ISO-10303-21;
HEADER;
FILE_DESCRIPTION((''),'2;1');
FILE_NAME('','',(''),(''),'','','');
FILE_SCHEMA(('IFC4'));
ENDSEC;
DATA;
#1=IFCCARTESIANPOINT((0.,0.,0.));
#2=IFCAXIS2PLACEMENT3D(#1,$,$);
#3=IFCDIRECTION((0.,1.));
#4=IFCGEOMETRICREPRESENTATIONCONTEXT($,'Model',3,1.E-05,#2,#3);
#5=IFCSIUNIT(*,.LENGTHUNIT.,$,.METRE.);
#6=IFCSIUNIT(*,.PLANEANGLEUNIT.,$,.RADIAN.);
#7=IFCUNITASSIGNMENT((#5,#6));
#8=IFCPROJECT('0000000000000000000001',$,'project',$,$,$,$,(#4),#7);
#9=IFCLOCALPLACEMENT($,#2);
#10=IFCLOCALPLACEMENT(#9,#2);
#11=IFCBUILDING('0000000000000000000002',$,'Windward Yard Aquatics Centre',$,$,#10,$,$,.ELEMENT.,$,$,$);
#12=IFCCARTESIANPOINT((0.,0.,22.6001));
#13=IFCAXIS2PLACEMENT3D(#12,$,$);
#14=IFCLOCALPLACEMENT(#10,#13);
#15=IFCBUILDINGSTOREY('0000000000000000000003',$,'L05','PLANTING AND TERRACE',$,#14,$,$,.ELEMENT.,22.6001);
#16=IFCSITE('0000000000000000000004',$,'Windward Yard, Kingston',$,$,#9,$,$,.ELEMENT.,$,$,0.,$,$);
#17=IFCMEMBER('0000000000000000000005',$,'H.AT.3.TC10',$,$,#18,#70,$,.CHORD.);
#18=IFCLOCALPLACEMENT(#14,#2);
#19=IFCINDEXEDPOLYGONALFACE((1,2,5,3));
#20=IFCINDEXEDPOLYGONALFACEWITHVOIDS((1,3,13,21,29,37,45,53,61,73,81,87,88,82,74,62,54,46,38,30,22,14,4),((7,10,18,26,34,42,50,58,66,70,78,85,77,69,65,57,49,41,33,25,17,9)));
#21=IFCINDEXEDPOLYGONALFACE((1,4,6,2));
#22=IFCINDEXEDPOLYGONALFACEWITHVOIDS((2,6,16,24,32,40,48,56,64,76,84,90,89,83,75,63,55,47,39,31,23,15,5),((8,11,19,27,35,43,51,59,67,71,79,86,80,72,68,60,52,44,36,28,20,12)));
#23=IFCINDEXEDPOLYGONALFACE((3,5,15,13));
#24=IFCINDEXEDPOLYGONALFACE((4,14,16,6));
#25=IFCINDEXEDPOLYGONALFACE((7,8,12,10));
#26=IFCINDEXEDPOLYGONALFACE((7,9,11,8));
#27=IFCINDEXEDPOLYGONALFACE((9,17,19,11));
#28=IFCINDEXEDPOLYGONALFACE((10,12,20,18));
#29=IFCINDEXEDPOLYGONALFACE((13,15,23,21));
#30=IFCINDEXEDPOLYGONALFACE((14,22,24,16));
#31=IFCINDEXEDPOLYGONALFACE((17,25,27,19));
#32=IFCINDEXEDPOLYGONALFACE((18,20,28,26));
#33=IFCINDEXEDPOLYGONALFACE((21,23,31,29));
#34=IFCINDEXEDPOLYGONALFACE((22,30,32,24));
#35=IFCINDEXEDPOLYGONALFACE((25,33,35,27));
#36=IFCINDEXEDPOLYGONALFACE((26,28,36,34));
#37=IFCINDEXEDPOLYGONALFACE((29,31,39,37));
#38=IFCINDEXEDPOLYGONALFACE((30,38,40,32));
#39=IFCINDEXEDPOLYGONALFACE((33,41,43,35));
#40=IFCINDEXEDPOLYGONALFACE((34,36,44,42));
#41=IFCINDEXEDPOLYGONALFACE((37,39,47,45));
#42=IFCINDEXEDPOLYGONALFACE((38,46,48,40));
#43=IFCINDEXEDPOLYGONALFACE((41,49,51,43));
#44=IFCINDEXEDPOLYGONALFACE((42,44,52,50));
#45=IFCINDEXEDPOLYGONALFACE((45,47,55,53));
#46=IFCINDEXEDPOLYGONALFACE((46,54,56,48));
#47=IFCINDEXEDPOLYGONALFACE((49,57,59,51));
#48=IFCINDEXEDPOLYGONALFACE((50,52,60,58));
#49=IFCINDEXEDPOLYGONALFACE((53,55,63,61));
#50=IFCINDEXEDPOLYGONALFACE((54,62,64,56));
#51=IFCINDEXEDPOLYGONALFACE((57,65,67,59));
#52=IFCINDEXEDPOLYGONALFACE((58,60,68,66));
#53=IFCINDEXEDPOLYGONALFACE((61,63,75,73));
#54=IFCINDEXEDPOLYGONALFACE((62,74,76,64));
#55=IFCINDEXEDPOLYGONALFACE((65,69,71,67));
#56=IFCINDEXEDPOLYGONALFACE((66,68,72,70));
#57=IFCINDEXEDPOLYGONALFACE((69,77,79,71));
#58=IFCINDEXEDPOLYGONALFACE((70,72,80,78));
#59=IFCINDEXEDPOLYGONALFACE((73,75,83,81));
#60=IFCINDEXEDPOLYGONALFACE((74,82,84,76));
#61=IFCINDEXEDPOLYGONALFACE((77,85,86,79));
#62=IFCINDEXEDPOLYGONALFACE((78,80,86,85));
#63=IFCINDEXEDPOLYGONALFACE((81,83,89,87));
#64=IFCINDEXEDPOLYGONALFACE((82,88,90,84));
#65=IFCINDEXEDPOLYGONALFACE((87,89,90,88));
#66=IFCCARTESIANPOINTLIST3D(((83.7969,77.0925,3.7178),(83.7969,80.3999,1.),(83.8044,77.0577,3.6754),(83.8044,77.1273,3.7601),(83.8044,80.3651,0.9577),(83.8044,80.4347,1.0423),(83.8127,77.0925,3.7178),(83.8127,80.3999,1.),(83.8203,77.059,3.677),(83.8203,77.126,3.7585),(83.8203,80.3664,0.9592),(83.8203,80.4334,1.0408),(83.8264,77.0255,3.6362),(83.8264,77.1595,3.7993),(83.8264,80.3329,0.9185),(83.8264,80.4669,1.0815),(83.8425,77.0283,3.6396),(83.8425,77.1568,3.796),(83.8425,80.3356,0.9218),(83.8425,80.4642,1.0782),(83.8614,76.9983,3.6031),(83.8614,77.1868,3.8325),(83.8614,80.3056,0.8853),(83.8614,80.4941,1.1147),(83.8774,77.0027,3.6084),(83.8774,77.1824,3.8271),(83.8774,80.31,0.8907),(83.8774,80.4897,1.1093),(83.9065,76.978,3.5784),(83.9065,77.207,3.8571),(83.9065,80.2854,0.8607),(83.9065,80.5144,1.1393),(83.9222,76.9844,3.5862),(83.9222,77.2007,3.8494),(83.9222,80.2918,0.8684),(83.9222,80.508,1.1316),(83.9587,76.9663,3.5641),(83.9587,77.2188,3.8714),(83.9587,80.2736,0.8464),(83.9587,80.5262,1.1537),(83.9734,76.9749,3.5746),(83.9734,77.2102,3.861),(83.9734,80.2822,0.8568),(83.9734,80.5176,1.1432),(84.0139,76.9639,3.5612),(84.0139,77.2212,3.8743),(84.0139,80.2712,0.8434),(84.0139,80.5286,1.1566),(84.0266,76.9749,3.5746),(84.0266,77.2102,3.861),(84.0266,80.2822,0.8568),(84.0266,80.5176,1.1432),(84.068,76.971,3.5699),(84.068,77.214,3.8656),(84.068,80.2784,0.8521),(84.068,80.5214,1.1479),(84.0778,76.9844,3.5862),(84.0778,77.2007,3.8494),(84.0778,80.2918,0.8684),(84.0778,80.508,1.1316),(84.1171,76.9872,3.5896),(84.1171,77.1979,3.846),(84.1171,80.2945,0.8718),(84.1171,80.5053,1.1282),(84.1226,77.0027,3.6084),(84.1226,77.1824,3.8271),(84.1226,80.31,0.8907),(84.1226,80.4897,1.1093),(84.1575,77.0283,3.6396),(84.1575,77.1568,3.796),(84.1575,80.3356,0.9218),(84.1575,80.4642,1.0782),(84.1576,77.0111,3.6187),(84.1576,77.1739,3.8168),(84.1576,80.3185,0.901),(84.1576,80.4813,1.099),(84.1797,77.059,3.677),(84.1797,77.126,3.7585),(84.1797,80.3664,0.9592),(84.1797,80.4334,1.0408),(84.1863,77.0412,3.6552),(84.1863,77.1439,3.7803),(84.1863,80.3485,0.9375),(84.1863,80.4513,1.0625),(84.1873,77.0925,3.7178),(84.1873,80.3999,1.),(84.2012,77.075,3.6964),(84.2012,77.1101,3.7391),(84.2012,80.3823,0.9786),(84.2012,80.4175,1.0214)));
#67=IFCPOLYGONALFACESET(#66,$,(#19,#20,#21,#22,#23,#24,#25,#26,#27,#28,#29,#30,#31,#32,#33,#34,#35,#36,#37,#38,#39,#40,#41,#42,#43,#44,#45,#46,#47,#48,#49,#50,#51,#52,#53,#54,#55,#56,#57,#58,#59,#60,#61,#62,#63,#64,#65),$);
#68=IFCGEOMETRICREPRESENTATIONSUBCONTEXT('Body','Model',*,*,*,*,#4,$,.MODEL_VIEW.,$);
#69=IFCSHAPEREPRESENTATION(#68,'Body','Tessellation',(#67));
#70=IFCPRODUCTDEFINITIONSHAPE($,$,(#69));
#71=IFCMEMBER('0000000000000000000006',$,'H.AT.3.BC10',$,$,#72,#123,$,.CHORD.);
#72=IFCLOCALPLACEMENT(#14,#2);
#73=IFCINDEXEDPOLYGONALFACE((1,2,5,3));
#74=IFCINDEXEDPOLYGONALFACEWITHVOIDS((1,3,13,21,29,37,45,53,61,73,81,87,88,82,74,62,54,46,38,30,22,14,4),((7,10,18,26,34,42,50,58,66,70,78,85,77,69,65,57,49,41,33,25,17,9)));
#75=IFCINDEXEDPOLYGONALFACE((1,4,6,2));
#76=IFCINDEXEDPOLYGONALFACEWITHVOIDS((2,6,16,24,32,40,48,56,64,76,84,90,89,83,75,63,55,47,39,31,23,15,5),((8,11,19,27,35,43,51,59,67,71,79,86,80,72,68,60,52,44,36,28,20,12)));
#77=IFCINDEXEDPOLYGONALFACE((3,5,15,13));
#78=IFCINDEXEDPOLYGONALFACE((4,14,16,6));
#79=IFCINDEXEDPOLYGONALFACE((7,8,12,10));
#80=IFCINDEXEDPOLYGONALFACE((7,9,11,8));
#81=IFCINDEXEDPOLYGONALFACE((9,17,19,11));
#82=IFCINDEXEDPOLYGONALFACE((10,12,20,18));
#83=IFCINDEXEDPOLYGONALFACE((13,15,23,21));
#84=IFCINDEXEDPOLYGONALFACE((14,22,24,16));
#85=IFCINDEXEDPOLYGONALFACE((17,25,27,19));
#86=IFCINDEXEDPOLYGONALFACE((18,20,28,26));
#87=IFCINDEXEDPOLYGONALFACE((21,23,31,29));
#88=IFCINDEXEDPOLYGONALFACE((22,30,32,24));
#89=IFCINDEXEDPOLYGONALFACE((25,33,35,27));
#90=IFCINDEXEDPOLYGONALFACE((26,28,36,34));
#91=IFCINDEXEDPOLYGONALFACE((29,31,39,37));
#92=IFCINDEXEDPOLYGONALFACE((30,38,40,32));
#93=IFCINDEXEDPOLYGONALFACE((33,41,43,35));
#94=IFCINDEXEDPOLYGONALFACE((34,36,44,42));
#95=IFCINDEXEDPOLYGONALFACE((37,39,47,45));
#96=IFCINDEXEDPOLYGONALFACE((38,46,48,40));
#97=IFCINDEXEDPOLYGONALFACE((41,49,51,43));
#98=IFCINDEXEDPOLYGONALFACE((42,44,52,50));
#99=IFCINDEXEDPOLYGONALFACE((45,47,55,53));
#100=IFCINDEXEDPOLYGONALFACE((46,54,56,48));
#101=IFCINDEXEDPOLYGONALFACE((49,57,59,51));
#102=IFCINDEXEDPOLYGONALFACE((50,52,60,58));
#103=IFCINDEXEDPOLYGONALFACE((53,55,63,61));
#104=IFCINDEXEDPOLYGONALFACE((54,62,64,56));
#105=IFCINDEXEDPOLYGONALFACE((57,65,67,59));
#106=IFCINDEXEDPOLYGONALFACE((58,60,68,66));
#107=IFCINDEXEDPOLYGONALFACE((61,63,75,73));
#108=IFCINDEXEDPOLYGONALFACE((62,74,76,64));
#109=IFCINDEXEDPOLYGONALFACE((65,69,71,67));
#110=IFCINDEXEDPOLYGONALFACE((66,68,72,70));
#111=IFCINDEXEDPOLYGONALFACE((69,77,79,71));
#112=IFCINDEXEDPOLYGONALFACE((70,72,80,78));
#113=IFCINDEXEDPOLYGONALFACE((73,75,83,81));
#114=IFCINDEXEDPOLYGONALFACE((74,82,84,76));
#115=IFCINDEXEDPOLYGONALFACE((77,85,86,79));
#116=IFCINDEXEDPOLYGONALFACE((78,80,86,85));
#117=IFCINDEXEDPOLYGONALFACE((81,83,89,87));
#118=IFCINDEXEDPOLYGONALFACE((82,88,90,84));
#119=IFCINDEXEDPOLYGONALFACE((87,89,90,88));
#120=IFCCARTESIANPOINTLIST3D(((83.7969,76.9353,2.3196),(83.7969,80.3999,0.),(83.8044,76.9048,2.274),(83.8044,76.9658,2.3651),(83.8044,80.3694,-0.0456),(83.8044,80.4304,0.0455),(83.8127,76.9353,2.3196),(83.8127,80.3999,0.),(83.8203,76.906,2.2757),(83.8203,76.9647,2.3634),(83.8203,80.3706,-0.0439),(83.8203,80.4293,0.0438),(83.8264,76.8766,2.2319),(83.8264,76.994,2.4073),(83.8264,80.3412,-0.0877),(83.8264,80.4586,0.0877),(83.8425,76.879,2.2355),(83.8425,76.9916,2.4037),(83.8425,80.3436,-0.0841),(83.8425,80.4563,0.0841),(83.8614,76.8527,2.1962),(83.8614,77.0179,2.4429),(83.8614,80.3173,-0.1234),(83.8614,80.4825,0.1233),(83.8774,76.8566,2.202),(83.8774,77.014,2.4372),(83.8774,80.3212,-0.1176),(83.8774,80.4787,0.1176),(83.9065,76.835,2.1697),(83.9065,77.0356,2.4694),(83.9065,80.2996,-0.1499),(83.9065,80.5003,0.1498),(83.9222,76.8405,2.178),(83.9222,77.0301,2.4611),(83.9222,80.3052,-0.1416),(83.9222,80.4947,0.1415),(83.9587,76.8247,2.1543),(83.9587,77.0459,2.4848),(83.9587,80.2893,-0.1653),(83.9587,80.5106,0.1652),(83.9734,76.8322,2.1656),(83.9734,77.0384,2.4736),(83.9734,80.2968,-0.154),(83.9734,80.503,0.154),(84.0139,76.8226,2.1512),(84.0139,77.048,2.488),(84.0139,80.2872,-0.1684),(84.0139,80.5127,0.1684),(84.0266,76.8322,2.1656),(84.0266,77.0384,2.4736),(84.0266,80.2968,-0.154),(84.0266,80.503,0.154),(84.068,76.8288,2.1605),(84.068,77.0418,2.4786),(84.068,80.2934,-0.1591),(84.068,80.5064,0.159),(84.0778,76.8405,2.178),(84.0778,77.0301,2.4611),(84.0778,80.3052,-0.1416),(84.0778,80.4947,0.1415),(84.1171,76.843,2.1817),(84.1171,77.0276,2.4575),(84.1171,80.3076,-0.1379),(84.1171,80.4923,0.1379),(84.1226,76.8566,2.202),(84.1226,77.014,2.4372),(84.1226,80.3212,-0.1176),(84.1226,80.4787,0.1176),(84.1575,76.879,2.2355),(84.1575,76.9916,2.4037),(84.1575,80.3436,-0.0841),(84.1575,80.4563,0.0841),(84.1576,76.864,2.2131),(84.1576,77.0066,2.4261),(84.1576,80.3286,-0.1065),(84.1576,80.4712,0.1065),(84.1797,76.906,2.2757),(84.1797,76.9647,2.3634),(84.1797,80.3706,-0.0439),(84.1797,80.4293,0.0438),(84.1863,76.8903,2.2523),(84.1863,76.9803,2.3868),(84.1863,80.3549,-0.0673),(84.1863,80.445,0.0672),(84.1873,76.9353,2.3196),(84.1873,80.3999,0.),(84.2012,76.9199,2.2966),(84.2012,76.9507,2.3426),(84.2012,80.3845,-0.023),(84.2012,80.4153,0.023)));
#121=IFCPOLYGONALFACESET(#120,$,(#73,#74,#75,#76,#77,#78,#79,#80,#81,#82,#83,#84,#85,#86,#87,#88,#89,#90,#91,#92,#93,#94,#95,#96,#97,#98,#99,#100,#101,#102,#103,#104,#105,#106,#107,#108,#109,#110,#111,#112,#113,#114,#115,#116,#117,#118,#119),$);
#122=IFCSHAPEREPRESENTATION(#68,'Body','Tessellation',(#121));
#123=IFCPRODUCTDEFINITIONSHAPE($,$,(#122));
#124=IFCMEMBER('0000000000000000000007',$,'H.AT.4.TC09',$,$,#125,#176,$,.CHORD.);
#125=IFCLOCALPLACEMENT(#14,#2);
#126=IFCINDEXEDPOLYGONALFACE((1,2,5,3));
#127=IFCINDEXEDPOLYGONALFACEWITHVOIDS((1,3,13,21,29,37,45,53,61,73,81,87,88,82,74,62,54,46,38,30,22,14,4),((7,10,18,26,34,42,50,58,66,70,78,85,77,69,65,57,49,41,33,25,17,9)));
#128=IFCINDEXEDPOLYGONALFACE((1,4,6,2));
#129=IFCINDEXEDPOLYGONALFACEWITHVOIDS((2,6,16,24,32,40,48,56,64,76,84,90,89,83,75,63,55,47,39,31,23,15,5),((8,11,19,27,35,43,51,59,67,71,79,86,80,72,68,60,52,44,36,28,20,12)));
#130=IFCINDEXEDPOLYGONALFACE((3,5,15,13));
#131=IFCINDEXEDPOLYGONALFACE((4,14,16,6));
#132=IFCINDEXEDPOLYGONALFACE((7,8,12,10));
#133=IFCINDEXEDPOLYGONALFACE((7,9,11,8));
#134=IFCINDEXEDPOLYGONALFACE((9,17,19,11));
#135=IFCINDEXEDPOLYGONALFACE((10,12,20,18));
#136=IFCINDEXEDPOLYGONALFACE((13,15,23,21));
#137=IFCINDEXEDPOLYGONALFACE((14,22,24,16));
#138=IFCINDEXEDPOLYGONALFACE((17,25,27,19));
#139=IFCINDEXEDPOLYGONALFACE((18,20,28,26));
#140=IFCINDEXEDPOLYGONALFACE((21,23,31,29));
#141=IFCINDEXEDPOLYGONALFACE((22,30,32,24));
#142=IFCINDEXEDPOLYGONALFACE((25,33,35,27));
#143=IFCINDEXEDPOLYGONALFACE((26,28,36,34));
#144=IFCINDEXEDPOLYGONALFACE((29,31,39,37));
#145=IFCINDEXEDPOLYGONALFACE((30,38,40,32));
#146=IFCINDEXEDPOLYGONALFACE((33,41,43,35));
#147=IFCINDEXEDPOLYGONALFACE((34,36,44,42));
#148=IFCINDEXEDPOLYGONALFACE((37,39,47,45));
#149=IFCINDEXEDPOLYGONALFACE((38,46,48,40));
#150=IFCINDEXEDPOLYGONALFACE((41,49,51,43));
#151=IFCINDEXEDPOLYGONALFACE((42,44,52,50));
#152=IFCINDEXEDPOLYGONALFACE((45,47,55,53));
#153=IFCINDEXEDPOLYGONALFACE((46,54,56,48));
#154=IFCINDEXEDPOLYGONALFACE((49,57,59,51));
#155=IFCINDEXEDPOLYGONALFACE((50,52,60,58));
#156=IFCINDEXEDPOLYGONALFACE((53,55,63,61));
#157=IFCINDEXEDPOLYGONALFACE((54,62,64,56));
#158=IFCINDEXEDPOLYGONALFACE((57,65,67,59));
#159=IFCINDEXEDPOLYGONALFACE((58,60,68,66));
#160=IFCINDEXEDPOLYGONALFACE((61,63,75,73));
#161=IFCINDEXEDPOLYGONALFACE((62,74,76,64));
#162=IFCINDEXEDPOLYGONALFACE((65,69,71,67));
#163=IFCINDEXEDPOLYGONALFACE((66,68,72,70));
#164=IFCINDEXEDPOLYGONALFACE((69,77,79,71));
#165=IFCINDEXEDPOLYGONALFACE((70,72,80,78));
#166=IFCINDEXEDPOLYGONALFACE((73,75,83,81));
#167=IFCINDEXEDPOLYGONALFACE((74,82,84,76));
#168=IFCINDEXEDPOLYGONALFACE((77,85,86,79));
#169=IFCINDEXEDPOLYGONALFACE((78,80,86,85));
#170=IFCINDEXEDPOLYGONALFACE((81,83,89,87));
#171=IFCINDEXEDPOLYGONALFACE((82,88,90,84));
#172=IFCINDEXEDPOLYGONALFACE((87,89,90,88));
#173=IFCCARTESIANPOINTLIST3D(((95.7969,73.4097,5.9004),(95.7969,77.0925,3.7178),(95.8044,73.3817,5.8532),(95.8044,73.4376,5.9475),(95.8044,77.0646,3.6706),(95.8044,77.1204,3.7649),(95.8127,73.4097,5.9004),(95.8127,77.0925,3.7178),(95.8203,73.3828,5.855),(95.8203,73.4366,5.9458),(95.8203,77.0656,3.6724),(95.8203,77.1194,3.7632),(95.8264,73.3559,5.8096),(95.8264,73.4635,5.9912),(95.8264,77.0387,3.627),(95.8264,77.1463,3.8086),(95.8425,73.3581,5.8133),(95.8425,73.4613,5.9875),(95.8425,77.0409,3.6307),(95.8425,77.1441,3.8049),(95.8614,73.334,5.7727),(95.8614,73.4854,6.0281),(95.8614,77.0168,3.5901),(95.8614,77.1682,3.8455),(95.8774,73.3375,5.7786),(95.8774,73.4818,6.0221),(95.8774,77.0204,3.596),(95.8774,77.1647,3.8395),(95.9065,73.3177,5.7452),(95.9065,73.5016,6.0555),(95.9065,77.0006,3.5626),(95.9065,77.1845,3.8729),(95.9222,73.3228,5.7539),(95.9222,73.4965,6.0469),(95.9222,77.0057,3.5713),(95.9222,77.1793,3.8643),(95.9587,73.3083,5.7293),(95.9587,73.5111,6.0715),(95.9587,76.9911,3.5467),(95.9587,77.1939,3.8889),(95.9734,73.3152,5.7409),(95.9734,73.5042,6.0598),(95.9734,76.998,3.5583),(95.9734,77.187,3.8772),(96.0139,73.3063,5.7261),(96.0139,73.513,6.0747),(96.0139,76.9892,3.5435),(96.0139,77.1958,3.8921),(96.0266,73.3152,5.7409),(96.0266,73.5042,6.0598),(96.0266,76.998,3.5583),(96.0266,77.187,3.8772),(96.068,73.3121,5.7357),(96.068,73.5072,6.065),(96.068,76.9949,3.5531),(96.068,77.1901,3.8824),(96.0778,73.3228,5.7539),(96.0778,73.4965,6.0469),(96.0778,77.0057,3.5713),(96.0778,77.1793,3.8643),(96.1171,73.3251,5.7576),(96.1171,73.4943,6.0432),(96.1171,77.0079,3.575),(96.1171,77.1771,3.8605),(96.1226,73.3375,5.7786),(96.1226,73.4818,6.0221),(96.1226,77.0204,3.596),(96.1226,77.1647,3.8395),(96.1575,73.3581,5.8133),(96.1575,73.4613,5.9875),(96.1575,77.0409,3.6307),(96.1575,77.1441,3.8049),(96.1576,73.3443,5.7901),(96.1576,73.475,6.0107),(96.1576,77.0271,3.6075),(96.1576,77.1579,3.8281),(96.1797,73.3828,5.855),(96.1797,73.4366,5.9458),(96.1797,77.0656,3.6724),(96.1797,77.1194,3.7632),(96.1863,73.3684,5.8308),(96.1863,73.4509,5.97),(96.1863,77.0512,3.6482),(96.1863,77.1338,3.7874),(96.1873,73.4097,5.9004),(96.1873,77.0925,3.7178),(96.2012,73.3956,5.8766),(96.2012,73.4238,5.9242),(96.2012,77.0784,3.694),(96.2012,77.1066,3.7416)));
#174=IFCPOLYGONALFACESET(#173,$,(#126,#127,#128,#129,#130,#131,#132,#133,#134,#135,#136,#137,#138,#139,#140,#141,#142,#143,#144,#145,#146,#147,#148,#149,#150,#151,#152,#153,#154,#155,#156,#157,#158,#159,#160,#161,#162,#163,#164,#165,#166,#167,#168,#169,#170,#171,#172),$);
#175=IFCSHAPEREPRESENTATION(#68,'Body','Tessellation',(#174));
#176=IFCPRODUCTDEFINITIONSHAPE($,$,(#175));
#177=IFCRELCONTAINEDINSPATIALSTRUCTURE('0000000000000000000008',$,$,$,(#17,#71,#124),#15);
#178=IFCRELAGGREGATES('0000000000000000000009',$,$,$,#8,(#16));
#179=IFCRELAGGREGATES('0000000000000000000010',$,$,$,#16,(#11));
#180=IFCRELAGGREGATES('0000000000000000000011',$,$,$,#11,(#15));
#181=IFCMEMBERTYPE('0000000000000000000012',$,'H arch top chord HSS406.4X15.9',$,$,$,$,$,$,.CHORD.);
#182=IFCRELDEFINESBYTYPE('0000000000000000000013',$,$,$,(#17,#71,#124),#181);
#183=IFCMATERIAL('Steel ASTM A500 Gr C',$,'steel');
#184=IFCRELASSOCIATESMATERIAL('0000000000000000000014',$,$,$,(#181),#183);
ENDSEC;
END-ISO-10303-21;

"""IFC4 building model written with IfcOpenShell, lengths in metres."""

from ifc_helpers import new_model, si_unit, direction, frame, origin, origin_2d, place, context, subcontext, project, spatial, hollow_circle, extrude, material, material_profile, profile_set, type_object, element, save


model = new_model("IFC4")

# Units and contexts
model_context = context("Model", 3, precision=1e-05, world=origin(), true_north=direction((0.0, 1.0)))
body_context = subcontext(model_context, "Body", "Model", "MODEL_VIEW")
ifc_project = project(units=[si_unit("LENGTHUNIT", "METRE"), si_unit("PLANEANGLEUNIT", "RADIAN")], contexts=[model_context])

# Site, building, storey
site_placement = place(None, origin())
site = spatial("IfcSite", under=ifc_project, at=site_placement, Name="Windward Yard, Kingston", CompositionType="ELEMENT", RefElevation=0.0)
building_placement = place(site_placement, origin())
building = spatial("IfcBuilding", under=site, at=building_placement, Name="Windward Yard Aquatics Centre", CompositionType="ELEMENT")
storey_placement = place(building_placement, frame((0.0, 0.0, 22.6001)))
storey = spatial("IfcBuildingStorey", under=building, at=storey_placement, Name="L05", Description="PLANTING AND TERRACE", CompositionType="ELEMENT", Elevation=22.6001)

# Members
ifc_material_1 = material(Name="Steel ASTM A500 Gr C", Category="steel")
ifc_material_profile_1 = material_profile(ifc_material_1, hollow_circle(Radius=0.2031, WallThickness=0.0159, at=origin_2d()), Name="HSS406.4X15.9")
ifc_profile_set_1 = profile_set([ifc_material_profile_1], Name="Steel ASTM A500 Gr C")
member_type_1 = type_object("IfcMemberType", Name="H arch top chord HSS406.4X15.9", PredefinedType="CHORD", material=ifc_profile_set_1)
member_1_placement = place(storey_placement, frame((84.0, 77.0925, 3.7178), z_axis=(0.0, 0.772611, -0.634879), x_axis=(-1.0, 0.0, 0.0)))
element("IfcMember", 1, at=member_1_placement, inside=storey, type_object=member_type_1, Name="H.AT.3.TC10", PredefinedType="CHORD", context=body_context, shape_type="SweptSolid", body=[
    extrude(hollow_circle(Radius=0.2031, WallThickness=0.0159, at=origin_2d()), origin(), (0.0, 0.0, 1.0), 4.2808),
])
member_2_placement = place(storey_placement, frame((84.0, 76.9353, 2.3196), z_axis=(0.0, 0.830959, -0.556334), x_axis=(-1.0, 0.0, 0.0)))
element("IfcMember", 2, at=member_2_placement, inside=storey, type_object=member_type_1, Name="H.AT.3.BC10", PredefinedType="CHORD", context=body_context, shape_type="SweptSolid", body=[
    extrude(hollow_circle(Radius=0.2031, WallThickness=0.0159, at=origin_2d()), origin(), (0.0, 0.0, 1.0), 4.1694),
])
member_3_placement = place(storey_placement, frame((96.0, 73.4097, 5.9004), z_axis=(0.0, 0.860273, -0.509834), x_axis=(-1.0, 0.0, 0.0)))
element("IfcMember", 3, at=member_3_placement, inside=storey, type_object=member_type_1, Name="H.AT.4.TC09", PredefinedType="CHORD", context=body_context, shape_type="SweptSolid", body=[
    extrude(hollow_circle(Radius=0.2031, WallThickness=0.0159, at=origin_2d()), origin(), (0.0, 0.0, 1.0), 4.281),
])

save(model, "model.ifc")
